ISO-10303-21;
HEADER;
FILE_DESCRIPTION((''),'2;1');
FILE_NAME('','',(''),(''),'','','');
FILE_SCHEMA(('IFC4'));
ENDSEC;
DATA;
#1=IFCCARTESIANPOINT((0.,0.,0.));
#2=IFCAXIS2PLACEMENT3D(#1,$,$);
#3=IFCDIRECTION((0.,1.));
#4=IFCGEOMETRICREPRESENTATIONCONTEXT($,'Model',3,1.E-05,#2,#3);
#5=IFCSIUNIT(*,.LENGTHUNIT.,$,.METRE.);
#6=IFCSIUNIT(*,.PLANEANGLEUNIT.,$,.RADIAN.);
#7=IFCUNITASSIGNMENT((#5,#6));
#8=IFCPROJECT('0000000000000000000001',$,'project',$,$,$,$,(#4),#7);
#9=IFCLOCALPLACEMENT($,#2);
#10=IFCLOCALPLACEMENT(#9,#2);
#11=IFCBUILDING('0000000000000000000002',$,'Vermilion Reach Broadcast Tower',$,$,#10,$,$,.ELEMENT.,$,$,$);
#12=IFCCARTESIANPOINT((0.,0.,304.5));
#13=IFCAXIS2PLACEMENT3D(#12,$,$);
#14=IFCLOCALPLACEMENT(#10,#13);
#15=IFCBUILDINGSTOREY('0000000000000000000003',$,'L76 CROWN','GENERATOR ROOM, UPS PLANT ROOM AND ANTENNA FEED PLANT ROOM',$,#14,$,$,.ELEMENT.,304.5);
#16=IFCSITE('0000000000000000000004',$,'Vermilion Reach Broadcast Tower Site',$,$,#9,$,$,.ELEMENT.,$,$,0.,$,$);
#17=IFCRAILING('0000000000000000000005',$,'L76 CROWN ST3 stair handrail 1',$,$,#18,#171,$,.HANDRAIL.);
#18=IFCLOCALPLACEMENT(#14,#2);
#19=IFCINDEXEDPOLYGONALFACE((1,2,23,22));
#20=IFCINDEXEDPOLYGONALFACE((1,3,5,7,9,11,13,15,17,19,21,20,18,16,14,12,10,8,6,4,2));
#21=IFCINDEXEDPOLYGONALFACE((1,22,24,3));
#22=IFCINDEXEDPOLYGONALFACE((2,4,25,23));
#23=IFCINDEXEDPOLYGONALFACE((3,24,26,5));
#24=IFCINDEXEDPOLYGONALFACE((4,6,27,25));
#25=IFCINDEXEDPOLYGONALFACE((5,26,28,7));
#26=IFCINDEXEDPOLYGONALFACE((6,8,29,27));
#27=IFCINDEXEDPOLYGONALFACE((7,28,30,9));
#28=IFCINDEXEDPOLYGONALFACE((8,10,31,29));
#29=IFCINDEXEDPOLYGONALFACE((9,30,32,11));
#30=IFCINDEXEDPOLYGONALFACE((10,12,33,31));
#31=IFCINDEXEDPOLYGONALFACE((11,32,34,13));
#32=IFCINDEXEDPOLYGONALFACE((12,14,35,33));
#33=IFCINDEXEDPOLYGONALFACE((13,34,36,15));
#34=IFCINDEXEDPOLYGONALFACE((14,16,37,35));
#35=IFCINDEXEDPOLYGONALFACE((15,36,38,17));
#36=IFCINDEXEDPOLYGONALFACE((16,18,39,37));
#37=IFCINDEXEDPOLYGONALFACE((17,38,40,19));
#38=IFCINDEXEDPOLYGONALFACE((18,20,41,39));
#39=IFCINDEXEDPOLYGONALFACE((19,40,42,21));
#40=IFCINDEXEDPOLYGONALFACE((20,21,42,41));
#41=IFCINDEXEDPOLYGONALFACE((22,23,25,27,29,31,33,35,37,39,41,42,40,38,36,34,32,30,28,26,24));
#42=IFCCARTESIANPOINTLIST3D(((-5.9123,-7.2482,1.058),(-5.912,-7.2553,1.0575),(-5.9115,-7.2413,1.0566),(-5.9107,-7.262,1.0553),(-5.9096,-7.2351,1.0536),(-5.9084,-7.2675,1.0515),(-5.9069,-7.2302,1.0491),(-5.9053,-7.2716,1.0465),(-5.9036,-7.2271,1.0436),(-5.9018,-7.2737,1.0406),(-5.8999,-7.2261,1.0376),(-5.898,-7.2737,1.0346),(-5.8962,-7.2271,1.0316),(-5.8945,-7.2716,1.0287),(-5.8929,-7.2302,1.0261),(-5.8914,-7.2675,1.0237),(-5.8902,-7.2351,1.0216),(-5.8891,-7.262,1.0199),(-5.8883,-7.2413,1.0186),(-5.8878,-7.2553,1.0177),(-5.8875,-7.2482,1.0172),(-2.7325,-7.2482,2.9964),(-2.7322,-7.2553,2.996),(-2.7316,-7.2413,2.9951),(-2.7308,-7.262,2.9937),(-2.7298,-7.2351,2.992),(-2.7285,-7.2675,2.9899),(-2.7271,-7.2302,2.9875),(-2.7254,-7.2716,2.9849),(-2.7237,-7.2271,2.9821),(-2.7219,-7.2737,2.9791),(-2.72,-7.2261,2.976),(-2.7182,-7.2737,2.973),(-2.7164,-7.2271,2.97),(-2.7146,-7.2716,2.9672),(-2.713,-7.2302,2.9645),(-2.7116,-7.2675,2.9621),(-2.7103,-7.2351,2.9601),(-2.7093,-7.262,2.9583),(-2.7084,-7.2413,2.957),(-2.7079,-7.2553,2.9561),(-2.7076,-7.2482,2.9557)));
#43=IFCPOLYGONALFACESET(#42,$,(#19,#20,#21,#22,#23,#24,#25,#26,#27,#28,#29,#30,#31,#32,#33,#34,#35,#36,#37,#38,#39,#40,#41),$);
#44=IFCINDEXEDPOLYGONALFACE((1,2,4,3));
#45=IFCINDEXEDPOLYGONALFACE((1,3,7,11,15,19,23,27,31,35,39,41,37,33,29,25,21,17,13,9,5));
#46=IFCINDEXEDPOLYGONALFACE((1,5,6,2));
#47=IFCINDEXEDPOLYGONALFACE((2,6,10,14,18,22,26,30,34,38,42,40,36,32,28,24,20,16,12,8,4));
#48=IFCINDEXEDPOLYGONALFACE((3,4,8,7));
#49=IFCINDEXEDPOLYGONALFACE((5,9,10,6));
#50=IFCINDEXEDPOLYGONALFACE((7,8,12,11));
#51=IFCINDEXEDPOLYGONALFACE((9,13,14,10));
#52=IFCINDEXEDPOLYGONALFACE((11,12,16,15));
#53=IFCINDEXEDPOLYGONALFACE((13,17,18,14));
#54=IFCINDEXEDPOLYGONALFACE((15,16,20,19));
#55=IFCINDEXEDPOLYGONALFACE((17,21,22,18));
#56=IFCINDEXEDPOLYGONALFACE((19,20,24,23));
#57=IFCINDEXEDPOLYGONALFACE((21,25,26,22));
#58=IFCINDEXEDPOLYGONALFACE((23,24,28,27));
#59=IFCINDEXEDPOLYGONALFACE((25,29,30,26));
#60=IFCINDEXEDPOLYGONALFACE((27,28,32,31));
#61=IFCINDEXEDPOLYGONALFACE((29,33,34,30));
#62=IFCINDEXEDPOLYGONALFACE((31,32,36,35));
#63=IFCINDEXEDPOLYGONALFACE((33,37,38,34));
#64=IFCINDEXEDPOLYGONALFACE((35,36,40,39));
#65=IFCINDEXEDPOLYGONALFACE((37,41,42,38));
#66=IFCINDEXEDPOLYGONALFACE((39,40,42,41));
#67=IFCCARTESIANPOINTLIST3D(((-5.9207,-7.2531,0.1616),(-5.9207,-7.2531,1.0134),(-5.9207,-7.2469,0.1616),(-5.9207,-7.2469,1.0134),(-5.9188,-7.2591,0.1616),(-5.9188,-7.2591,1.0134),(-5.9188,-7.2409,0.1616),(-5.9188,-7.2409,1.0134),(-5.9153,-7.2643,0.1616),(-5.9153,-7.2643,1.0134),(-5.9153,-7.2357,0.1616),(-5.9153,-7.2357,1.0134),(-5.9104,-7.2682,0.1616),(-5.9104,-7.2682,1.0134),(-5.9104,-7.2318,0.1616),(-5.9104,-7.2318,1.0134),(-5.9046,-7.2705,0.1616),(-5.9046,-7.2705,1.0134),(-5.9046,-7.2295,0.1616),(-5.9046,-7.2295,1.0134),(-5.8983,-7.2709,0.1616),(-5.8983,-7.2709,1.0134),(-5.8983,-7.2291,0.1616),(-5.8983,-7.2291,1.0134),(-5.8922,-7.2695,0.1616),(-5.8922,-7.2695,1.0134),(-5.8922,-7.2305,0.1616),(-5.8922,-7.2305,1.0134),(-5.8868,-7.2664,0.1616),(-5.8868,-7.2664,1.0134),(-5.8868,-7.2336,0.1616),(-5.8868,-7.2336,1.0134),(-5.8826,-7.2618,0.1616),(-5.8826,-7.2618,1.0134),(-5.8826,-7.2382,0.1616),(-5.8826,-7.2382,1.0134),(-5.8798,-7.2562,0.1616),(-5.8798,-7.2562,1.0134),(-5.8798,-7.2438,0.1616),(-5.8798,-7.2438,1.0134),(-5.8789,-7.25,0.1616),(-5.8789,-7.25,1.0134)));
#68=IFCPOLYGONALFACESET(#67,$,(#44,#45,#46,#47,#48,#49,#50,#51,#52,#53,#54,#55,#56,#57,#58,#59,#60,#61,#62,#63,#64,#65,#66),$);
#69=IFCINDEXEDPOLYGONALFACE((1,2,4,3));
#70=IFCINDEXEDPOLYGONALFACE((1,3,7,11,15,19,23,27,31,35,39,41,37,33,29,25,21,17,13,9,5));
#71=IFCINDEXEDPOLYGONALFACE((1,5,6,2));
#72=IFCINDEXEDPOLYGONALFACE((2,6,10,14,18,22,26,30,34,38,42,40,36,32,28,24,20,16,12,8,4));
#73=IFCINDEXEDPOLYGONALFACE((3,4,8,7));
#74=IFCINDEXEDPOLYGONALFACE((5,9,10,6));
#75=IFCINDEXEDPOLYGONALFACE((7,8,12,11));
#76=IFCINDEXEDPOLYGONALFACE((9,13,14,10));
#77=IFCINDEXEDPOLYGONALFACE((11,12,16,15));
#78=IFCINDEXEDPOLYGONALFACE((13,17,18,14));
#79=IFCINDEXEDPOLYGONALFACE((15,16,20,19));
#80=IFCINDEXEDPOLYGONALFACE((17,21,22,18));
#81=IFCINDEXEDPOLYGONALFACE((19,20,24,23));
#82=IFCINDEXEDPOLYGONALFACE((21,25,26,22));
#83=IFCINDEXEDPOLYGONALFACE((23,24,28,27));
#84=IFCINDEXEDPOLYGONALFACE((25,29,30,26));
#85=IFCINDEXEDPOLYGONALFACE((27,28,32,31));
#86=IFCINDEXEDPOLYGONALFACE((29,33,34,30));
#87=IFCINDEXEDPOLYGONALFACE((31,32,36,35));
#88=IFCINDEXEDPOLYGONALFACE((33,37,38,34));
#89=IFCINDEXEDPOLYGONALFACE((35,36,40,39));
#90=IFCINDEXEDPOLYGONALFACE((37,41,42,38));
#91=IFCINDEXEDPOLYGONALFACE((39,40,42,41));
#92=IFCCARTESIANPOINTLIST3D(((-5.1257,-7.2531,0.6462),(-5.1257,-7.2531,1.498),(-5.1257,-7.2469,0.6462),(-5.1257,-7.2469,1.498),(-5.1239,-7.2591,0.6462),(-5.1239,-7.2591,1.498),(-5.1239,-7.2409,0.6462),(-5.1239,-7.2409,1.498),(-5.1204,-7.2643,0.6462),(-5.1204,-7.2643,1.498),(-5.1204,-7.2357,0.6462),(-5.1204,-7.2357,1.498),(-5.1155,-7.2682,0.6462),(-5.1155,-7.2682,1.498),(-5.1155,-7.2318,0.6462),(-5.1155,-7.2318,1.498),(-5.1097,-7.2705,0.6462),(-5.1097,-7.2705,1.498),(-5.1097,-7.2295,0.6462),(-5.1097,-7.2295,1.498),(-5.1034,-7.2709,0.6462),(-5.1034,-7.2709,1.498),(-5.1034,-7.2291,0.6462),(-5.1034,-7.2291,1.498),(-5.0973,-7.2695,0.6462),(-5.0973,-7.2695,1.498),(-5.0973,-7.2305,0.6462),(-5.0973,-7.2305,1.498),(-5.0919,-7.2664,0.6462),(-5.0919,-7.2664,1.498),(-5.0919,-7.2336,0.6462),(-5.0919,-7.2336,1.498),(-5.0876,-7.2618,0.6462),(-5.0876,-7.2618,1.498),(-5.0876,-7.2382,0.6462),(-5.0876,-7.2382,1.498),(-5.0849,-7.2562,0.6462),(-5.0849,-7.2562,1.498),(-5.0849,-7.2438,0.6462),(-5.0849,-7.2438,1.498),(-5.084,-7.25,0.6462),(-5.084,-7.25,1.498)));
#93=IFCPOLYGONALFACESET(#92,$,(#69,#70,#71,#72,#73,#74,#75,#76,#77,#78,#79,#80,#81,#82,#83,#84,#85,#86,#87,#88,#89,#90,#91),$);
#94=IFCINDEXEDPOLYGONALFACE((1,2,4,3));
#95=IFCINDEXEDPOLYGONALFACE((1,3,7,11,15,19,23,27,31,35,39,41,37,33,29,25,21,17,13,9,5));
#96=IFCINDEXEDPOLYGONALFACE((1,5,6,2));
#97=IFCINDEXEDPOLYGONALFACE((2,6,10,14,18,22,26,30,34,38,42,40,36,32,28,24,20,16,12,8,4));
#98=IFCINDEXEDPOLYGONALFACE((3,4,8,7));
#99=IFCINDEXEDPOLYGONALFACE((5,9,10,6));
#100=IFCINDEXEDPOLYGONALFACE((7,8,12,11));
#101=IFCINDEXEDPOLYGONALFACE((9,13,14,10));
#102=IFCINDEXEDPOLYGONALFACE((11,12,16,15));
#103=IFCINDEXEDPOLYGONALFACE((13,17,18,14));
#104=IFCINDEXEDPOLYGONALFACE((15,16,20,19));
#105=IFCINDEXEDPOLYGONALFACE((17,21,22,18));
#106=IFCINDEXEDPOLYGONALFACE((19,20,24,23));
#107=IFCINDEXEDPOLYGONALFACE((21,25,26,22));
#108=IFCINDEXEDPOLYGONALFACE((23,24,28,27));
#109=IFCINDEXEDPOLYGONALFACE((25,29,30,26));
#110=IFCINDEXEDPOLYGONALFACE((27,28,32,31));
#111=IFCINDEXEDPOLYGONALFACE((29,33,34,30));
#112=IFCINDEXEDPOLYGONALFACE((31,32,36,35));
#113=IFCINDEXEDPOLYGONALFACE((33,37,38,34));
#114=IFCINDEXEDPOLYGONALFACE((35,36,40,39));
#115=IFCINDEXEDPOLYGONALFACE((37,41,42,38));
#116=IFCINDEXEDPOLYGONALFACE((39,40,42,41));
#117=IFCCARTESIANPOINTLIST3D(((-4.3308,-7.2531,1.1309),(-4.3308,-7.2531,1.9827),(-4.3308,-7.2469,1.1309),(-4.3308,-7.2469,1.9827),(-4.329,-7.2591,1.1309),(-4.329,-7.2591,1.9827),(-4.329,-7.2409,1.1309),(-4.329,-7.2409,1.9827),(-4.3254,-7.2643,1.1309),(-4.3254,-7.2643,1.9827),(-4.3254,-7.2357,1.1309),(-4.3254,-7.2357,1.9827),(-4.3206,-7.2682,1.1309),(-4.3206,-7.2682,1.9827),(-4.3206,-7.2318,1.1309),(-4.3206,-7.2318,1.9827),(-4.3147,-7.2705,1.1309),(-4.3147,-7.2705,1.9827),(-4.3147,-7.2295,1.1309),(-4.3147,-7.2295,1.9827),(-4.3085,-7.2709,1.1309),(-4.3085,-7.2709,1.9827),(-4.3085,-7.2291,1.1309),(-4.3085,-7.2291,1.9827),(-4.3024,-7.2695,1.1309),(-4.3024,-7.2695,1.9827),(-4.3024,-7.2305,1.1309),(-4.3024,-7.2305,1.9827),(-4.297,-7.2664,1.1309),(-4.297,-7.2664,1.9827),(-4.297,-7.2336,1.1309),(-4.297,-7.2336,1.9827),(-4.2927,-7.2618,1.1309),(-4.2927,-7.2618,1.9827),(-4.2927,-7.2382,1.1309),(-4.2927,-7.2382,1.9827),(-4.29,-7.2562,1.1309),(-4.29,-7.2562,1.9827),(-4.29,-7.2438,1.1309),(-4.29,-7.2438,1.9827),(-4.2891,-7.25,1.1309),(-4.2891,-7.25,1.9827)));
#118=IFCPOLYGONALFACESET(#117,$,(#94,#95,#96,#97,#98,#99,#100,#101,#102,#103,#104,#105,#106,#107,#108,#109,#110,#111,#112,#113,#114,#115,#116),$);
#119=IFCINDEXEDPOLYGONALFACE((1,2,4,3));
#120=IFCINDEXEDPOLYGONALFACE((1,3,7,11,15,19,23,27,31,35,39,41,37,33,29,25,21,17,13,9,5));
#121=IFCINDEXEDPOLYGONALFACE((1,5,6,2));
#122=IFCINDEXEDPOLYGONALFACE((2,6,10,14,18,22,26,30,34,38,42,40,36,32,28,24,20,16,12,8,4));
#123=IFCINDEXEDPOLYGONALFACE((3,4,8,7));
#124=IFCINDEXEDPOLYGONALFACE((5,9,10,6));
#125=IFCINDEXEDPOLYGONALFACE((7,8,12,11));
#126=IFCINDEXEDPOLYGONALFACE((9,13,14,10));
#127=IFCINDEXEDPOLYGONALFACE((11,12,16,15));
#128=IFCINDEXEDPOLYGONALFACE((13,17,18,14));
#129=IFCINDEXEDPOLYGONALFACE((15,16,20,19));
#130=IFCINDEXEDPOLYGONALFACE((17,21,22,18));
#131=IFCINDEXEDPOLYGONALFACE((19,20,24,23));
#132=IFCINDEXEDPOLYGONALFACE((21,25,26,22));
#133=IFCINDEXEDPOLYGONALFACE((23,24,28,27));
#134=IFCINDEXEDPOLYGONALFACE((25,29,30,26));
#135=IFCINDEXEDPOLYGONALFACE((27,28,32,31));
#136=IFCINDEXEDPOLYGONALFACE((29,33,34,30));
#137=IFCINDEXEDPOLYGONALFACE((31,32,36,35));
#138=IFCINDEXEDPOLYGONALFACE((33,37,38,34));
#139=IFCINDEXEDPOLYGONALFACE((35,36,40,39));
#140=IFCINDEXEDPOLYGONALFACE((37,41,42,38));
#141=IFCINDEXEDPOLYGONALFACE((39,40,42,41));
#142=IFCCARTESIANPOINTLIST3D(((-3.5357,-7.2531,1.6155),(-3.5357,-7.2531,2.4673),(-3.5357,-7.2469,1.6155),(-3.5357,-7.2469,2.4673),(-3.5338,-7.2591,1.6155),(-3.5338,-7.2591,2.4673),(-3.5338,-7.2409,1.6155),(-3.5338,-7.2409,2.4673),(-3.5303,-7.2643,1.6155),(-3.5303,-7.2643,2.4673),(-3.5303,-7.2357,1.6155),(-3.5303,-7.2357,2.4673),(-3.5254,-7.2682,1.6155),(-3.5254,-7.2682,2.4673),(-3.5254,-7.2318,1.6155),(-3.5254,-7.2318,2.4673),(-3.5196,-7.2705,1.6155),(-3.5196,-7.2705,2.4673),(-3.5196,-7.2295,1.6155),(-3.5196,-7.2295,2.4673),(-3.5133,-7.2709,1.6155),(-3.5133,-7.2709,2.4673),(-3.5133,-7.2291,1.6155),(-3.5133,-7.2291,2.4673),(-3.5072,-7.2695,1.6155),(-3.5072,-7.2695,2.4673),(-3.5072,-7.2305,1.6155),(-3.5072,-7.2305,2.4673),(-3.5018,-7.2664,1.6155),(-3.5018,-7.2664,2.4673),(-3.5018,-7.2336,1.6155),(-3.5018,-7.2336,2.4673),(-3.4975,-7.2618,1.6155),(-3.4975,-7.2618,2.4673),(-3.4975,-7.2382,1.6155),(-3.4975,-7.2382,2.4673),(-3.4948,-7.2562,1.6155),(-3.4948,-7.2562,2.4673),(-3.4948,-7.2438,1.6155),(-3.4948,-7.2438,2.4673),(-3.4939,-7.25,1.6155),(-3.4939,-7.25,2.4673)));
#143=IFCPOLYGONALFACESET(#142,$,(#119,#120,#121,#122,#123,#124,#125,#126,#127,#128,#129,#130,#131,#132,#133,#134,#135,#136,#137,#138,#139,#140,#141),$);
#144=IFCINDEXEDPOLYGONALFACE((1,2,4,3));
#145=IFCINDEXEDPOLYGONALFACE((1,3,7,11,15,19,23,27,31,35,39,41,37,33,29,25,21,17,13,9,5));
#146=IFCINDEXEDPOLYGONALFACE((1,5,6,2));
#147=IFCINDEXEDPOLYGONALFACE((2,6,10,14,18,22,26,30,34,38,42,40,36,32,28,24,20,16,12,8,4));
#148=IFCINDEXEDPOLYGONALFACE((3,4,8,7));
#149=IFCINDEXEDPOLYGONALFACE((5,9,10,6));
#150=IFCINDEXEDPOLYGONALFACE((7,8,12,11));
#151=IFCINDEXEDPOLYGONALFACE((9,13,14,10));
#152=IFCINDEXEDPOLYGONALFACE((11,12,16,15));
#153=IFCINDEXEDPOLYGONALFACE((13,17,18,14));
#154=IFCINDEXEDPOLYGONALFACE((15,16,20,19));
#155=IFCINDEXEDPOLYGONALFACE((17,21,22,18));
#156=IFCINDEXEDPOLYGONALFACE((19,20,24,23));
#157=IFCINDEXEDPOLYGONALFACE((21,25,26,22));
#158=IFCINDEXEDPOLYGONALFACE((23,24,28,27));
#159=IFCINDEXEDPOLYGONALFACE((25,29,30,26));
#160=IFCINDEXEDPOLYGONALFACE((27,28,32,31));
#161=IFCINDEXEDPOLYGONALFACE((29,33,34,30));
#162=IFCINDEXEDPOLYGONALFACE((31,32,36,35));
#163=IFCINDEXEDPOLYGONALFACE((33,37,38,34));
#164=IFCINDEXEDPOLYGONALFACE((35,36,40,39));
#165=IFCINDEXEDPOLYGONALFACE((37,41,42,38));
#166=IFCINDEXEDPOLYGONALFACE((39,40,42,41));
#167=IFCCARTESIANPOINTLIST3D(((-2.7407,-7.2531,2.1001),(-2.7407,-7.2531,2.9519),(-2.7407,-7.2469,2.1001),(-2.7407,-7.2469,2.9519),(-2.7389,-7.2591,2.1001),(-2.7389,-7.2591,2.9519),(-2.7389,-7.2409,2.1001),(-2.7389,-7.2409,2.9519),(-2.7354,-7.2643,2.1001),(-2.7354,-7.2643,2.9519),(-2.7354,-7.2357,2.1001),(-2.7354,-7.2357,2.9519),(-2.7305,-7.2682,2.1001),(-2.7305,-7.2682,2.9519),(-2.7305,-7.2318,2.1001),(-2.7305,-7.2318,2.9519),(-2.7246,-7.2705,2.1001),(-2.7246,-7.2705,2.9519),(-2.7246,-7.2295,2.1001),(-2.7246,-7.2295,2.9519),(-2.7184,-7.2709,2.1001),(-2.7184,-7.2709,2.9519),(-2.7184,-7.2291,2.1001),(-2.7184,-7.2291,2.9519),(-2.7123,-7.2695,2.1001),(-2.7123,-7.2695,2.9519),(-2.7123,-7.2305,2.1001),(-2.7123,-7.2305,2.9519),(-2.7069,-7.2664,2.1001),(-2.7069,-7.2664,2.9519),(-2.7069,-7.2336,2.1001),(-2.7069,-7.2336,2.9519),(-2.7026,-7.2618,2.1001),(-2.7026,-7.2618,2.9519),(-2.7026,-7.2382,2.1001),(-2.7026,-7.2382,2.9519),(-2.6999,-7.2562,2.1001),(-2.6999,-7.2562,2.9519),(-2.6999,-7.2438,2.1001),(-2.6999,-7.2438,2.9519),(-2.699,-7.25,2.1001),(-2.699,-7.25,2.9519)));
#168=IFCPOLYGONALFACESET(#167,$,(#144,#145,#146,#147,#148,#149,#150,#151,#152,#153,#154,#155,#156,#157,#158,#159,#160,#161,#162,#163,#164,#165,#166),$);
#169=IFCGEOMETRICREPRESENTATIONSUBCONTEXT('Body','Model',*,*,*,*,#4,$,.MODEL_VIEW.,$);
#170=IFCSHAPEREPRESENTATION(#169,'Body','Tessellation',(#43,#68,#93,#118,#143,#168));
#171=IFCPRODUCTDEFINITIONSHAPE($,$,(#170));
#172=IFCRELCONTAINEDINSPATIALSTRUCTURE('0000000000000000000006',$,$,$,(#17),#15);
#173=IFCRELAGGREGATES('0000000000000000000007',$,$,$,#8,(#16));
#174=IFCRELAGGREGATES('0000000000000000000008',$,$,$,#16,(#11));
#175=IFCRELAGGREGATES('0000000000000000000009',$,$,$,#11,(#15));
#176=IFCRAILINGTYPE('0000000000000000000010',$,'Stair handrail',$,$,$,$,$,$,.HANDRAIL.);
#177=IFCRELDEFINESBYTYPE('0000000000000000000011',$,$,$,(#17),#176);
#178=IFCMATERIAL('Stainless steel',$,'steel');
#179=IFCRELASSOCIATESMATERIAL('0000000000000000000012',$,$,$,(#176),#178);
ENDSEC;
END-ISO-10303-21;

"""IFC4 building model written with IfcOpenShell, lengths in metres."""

from ifc_helpers import new_model, si_unit, direction, frame, origin, origin_2d, place, context, subcontext, project, spatial, circle, extrude, material, type_object, element, save


model = new_model("IFC4")

# Units and contexts
model_context = context("Model", 3, precision=1e-05, world=origin(), true_north=direction((0.0, 1.0)))
body_context = subcontext(model_context, "Body", "Model", "MODEL_VIEW")
ifc_project = project(units=[si_unit("LENGTHUNIT", "METRE"), si_unit("PLANEANGLEUNIT", "RADIAN")], contexts=[model_context])

# Site, building, storey
site_placement = place(None, origin())
site = spatial("IfcSite", under=ifc_project, at=site_placement, Name="Vermilion Reach Broadcast Tower Site", CompositionType="ELEMENT", RefElevation=0.0)
building_placement = place(site_placement, origin())
building = spatial("IfcBuilding", under=site, at=building_placement, Name="Vermilion Reach Broadcast Tower", CompositionType="ELEMENT")
storey_placement = place(building_placement, frame((0.0, 0.0, 304.5)))
storey = spatial("IfcBuildingStorey", under=building, at=storey_placement, Name="L76 CROWN", Description="GENERATOR ROOM, UPS PLANT ROOM AND ANTENNA FEED PLANT ROOM", CompositionType="ELEMENT", Elevation=304.5)

# Railing
ifc_material_1 = material(Name="Stainless steel", Category="steel")
railing_type_1 = type_object("IfcRailingType", Name="Stair handrail", PredefinedType="HANDRAIL", material=ifc_material_1)
railing_1_placement = place(storey_placement, frame((-5.8999, -7.25, 0.1616)))
element("IfcRailing", 1, at=railing_1_placement, inside=storey, type_object=railing_type_1, Name="L76 CROWN ST3 stair handrail 1", PredefinedType="HANDRAIL", context=body_context, shape_type="SweptSolid", body=[
    extrude(circle(Radius=0.0239, at=origin_2d()), frame((0.0, 0.0, 0.876), z_axis=(0.853857, 0.0, 0.520508), x_axis=(0.0, 1.0, 0.0)), (0.0, 0.0, 1.0), 3.7241),
    extrude(circle(Radius=0.021, at=origin_2d()), origin(), (0.0, 0.0, 1.0), 0.8518),
    extrude(circle(Radius=0.021, at=origin_2d()), frame((0.7949, 0.0, 0.4846)), (0.0, 0.0, 1.0), 0.8518),
    extrude(circle(Radius=0.021, at=origin_2d()), frame((1.5898, 0.0, 0.9692)), (0.0, 0.0, 1.0), 0.8518),
    extrude(circle(Radius=0.021, at=origin_2d()), frame((2.385, 0.0, 1.4539)), (0.0, 0.0, 1.0), 0.8518),
    extrude(circle(Radius=0.021, at=origin_2d()), frame((3.1799, 0.0, 1.9385)), (0.0, 0.0, 1.0), 0.8518),
])

save(model, "model.ifc")
